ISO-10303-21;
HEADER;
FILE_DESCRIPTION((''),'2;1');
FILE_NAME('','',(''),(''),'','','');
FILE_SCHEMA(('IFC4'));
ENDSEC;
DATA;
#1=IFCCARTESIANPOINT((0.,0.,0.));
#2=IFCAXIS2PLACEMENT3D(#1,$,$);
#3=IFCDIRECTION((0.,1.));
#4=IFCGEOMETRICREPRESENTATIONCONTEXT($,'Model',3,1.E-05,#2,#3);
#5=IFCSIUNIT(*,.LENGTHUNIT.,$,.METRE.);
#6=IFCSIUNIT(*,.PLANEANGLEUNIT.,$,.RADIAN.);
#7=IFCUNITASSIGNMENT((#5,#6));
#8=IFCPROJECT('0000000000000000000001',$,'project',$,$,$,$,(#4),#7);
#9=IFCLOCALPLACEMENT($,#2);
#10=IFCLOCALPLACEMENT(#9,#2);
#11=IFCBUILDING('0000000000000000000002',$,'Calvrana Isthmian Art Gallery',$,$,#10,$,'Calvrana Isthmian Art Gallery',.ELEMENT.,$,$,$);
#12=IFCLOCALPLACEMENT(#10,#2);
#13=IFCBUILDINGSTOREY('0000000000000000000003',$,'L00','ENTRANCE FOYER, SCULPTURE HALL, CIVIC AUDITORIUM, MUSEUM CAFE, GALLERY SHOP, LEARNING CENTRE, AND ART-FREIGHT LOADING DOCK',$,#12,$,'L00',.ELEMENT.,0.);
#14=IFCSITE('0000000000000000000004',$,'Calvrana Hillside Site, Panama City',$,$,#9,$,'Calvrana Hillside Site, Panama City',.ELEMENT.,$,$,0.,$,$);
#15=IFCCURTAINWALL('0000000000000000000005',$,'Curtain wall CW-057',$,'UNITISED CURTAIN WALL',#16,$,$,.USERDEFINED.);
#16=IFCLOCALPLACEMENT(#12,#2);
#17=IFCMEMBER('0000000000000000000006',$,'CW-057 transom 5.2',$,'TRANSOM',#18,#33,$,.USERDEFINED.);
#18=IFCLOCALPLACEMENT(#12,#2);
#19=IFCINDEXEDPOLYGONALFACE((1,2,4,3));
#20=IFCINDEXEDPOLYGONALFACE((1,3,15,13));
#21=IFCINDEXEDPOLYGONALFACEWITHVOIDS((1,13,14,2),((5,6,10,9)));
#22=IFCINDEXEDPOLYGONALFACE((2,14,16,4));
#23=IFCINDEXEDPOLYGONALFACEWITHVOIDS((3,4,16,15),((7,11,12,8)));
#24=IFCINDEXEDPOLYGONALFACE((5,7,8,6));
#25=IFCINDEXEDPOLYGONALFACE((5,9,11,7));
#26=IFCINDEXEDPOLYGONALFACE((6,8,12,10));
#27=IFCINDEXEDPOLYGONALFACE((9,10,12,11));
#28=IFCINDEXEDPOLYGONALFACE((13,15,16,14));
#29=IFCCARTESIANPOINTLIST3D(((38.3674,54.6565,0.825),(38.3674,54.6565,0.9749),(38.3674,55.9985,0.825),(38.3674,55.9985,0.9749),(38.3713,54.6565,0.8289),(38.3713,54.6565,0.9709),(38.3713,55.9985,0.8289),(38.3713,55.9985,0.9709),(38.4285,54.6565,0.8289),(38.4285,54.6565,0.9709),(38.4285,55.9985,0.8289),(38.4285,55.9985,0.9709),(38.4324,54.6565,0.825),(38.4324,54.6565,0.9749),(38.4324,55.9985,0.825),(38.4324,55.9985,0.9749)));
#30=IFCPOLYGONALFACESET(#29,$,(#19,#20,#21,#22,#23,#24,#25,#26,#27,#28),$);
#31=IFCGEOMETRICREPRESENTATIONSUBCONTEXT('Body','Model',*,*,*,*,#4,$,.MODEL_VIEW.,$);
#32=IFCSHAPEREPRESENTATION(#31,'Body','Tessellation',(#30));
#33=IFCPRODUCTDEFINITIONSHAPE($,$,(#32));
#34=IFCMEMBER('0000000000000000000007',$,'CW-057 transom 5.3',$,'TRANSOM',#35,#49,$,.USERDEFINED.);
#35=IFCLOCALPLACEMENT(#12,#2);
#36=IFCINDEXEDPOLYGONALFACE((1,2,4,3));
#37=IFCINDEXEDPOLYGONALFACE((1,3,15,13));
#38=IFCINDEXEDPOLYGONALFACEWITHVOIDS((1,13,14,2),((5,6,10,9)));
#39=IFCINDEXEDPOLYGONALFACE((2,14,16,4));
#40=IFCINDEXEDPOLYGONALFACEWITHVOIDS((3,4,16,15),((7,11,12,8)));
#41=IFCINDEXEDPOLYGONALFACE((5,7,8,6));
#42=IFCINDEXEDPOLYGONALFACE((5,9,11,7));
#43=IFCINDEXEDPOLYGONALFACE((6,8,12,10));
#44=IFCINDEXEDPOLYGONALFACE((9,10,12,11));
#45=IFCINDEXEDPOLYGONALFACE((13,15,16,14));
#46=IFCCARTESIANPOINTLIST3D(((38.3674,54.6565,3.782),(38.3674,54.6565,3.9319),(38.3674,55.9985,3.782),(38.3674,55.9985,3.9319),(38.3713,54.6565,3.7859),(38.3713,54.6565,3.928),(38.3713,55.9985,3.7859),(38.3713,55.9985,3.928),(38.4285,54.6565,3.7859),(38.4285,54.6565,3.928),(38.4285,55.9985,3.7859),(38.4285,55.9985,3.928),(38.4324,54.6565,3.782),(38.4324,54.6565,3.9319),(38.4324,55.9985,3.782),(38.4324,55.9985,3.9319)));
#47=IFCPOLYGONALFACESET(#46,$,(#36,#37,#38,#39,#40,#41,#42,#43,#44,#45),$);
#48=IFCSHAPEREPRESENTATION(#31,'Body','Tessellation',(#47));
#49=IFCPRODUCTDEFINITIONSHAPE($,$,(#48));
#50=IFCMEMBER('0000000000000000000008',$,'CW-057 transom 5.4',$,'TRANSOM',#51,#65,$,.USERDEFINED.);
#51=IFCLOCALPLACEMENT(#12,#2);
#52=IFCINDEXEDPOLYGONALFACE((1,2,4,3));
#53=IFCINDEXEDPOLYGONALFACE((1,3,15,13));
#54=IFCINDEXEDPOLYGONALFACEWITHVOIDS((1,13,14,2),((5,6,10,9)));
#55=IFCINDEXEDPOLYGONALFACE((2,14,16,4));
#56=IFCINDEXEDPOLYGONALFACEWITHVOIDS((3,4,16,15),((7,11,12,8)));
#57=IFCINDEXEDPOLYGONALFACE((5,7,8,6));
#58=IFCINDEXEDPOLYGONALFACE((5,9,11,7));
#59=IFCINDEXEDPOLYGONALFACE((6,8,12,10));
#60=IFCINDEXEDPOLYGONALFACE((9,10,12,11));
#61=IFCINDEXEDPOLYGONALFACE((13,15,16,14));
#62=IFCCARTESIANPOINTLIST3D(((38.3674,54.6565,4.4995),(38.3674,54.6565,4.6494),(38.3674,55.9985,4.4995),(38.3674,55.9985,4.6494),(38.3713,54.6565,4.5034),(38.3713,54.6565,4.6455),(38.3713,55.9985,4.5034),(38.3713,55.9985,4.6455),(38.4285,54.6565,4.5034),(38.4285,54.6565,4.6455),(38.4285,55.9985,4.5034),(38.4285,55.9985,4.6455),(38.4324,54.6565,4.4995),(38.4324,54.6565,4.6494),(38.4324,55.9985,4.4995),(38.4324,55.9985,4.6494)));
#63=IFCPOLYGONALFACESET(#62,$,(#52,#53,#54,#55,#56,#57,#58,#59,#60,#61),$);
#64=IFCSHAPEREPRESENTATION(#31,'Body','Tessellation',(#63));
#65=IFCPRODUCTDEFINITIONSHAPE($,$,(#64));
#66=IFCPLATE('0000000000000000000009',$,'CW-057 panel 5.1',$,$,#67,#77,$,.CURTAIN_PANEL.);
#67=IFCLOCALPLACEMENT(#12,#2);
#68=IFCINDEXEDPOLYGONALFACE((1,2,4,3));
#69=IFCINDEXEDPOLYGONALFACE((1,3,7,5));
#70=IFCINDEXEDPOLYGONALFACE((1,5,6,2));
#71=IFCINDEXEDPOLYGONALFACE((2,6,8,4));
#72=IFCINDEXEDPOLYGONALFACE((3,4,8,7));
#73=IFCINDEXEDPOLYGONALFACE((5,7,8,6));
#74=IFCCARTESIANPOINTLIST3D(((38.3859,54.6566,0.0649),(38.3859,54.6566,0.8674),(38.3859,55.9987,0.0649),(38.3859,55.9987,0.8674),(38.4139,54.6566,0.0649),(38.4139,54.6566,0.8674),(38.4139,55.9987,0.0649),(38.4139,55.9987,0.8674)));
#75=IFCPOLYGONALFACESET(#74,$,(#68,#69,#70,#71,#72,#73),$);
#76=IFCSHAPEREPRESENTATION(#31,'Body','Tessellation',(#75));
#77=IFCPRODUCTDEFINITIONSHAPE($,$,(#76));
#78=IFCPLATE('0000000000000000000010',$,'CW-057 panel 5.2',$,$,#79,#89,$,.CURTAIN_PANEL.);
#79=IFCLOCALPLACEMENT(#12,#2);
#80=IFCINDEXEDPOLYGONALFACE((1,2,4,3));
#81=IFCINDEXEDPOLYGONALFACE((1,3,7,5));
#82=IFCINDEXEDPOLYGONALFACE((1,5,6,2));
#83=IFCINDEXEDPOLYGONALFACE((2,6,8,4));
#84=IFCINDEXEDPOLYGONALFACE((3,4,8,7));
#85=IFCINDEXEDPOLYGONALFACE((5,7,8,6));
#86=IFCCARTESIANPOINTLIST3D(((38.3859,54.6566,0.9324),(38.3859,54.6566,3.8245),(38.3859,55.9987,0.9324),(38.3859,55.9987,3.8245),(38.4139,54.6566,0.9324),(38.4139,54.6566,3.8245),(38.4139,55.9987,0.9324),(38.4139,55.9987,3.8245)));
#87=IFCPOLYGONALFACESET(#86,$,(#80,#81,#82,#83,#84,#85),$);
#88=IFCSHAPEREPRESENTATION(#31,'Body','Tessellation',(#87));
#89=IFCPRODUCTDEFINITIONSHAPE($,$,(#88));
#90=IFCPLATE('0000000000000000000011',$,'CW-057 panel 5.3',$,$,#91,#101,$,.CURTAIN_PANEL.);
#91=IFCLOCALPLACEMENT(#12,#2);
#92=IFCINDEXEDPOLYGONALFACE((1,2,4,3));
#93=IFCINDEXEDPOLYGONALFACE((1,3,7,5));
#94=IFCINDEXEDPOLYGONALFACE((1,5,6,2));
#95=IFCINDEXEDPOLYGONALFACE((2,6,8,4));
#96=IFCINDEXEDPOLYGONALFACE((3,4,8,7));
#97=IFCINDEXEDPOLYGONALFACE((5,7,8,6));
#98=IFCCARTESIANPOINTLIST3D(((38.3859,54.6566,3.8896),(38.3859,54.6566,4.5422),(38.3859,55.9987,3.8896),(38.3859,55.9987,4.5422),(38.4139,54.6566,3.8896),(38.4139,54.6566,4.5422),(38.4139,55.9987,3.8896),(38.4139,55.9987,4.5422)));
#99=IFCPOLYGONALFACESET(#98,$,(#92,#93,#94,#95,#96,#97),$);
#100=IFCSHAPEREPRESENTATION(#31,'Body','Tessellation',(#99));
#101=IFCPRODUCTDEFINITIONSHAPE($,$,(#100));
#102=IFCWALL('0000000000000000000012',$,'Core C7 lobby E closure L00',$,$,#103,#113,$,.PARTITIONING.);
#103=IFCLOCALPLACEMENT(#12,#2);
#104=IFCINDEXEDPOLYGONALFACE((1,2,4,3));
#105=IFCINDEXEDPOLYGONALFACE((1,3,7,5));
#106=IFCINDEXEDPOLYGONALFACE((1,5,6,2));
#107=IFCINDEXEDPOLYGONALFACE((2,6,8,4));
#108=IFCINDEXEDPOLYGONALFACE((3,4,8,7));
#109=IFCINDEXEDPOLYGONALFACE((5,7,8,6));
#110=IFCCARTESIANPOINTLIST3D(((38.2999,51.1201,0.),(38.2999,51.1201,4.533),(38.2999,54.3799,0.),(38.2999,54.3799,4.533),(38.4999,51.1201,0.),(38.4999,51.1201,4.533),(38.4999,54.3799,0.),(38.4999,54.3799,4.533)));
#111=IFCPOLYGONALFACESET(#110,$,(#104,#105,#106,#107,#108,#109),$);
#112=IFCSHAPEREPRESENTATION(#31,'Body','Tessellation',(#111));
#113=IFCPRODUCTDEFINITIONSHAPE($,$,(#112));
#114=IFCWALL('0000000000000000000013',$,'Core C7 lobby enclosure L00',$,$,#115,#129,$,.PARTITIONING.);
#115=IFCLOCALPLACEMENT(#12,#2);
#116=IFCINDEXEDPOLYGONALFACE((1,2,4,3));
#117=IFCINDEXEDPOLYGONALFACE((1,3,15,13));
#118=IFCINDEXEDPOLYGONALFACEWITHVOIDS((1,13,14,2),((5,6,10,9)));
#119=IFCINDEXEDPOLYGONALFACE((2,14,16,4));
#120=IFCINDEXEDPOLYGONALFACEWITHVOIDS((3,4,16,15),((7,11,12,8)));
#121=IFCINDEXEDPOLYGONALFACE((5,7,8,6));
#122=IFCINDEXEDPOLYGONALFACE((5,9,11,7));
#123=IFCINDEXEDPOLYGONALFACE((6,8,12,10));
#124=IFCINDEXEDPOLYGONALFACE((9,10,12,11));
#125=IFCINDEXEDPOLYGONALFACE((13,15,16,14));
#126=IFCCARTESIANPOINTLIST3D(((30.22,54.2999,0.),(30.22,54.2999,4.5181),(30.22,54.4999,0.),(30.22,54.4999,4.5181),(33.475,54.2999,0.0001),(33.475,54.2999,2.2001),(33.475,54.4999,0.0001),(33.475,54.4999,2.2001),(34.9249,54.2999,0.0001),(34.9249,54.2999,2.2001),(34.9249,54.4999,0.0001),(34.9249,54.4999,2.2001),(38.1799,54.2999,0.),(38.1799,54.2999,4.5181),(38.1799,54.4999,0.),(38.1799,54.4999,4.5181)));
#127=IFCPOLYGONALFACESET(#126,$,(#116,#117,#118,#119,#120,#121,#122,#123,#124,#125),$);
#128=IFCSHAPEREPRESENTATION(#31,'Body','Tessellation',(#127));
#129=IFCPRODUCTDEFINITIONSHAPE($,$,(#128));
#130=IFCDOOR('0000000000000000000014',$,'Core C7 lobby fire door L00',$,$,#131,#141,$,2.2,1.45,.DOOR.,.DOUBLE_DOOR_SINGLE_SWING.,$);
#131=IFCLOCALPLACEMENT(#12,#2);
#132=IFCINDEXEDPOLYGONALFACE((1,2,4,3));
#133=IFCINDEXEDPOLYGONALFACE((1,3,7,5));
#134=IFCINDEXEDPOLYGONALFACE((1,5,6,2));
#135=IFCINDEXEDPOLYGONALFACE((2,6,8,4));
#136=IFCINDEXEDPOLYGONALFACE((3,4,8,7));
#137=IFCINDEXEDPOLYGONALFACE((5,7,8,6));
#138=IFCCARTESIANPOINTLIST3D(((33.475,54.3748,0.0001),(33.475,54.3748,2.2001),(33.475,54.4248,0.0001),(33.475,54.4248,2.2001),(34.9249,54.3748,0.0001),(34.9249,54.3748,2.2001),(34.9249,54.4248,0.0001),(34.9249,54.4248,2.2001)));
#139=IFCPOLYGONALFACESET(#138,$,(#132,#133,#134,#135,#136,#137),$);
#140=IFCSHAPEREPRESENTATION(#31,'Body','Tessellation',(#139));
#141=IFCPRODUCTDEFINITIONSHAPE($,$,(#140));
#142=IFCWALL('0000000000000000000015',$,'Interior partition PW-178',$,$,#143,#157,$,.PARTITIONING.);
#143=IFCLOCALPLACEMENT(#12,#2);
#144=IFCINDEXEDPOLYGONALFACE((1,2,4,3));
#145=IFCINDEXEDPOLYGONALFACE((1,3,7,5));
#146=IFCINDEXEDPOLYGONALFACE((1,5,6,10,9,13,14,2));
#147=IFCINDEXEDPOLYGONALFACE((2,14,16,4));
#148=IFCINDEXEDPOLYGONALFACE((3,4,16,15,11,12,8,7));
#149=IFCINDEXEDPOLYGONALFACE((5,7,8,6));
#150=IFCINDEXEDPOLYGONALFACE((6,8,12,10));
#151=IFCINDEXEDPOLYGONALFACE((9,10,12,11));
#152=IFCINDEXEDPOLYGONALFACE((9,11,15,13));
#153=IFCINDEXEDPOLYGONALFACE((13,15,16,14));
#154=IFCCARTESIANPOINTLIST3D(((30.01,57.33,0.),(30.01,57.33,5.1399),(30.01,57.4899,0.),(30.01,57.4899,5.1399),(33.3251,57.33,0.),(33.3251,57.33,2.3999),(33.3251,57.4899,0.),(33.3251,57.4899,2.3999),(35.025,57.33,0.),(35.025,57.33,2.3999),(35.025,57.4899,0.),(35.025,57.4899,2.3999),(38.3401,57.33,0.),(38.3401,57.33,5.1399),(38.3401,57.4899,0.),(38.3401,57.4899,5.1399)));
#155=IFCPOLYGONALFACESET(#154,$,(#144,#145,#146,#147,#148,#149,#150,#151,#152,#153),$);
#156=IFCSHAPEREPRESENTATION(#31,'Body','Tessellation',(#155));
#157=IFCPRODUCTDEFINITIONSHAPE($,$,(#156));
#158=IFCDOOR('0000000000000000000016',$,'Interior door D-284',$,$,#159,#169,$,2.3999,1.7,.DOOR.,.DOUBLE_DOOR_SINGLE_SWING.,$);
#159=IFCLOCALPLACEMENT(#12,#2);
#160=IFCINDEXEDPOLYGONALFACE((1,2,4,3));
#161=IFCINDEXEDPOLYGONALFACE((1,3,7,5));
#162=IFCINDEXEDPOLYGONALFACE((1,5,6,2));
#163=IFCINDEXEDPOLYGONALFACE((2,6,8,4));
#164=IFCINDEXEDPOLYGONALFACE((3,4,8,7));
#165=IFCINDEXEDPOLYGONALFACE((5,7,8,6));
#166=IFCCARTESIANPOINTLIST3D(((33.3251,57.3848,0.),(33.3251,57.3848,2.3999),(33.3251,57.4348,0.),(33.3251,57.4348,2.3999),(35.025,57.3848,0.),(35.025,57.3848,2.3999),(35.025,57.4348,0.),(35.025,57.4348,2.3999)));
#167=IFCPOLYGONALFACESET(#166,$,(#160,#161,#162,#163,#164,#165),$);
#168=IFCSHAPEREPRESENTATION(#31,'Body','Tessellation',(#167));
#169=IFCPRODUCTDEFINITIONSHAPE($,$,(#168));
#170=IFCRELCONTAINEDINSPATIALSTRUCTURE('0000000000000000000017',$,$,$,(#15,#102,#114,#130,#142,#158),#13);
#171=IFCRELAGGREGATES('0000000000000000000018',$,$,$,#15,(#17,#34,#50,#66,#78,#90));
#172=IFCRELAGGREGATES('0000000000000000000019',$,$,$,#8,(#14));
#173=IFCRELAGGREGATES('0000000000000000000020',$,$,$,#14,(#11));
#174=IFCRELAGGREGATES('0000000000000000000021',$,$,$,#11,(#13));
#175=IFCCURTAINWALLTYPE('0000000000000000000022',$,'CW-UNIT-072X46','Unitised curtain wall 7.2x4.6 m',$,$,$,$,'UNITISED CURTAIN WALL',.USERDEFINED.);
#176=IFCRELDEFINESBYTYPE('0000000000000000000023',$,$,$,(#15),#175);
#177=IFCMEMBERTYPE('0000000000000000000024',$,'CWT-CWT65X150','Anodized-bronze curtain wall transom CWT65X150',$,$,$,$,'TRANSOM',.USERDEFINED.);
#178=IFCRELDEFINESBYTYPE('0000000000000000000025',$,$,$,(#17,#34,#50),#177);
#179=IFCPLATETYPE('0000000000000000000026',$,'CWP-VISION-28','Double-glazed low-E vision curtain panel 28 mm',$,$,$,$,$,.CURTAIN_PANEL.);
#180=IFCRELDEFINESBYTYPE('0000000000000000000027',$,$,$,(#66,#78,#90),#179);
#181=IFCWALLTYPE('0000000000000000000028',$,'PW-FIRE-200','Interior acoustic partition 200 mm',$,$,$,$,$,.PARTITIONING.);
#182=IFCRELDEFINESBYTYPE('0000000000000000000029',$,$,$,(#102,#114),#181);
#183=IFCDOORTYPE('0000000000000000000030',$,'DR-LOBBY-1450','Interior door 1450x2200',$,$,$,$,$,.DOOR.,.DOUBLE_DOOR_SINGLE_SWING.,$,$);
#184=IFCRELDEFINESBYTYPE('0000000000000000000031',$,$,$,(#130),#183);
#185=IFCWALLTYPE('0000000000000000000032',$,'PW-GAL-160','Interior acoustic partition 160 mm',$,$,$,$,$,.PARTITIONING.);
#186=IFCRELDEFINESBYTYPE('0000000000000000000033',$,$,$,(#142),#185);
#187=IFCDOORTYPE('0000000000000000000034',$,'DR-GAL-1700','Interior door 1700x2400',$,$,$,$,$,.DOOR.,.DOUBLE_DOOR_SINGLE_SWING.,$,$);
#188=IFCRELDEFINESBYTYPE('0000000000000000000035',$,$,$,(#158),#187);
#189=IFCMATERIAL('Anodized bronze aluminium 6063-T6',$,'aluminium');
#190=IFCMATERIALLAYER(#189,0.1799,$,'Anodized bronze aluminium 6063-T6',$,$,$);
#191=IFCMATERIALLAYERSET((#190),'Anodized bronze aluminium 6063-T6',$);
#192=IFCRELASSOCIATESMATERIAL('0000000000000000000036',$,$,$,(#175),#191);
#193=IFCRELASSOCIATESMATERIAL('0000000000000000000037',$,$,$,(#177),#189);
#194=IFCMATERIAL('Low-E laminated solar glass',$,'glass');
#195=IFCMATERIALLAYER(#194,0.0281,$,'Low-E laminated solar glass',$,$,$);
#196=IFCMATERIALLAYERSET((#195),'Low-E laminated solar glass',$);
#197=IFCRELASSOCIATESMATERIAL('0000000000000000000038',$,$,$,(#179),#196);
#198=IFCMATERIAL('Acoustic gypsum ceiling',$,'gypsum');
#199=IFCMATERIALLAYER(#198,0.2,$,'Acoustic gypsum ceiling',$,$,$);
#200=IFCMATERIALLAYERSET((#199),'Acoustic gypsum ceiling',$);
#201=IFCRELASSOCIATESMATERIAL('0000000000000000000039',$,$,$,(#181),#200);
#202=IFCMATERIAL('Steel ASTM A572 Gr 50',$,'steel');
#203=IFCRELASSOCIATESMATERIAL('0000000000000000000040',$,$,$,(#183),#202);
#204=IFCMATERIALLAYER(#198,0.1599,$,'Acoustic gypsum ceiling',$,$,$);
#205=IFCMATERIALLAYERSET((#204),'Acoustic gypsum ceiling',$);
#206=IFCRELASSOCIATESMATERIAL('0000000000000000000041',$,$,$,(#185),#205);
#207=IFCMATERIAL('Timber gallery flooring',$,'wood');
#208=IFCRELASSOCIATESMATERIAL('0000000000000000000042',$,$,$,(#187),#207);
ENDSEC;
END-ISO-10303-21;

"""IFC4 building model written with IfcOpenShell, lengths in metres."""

from ifc_helpers import new_model, si_unit, direction, frame, frame_2d, origin, origin_2d, place, context, subcontext, project, spatial, rectangle, hollow_rectangle, extrude, material, layer, layer_set, material_profile, profile_set, type_object, element, fill, aggregate, save


model = new_model("IFC4")

# Units and contexts
model_context = context("Model", 3, precision=1e-05, world=origin(), true_north=direction((0.0, 1.0)))
body_context = subcontext(model_context, "Body", "Model", "MODEL_VIEW")
ifc_project = project(units=[si_unit("LENGTHUNIT", "METRE"), si_unit("PLANEANGLEUNIT", "RADIAN")], contexts=[model_context])

# Site, building, storey
site_placement = place(None, origin())
site = spatial("IfcSite", under=ifc_project, at=site_placement, Name="Calvrana Hillside Site, Panama City", LongName="Calvrana Hillside Site, Panama City", CompositionType="ELEMENT", RefElevation=0.0)
building_placement = place(site_placement, origin())
building = spatial("IfcBuilding", under=site, at=building_placement, Name="Calvrana Isthmian Art Gallery", LongName="Calvrana Isthmian Art Gallery", CompositionType="ELEMENT")
storey_placement = place(building_placement, origin())
storey = spatial("IfcBuildingStorey", under=building, at=storey_placement, Name="L00", Description="ENTRANCE FOYER, SCULPTURE HALL, CIVIC AUDITORIUM, MUSEUM CAFE, GALLERY SHOP, LEARNING CENTRE, AND ART-FREIGHT LOADING DOCK", LongName="L00", CompositionType="ELEMENT", Elevation=0.0)

# Curtain wall, members, plates
ifc_material_1 = material(Name="Anodized bronze aluminium 6063-T6", Category="aluminium")
ifc_layer_1 = layer(ifc_material_1, 0.1799, Name="Anodized bronze aluminium 6063-T6")
ifc_layer_set_1 = layer_set([ifc_layer_1], Name="Anodized bronze aluminium 6063-T6")
curtain_wall_type = type_object("IfcCurtainWallType", Name="CW-UNIT-072X46", Description="Unitised curtain wall 7.2x4.6 m", ElementType="UNITISED CURTAIN WALL", PredefinedType="USERDEFINED", material=ifc_layer_set_1)
curtain_wall_placement = place(storey_placement, origin())
curtain_wall = element("IfcCurtainWall", 1, at=curtain_wall_placement, inside=storey, type_object=curtain_wall_type, Name="Curtain wall CW-057", ObjectType="UNITISED CURTAIN WALL", PredefinedType="USERDEFINED")
ifc_material_profile_1 = material_profile(ifc_material_1, hollow_rectangle(XDim=0.0649, YDim=0.1499, WallThickness=0.0039, at=origin_2d()), Name="CWT65X150")
ifc_profile_set_1 = profile_set([ifc_material_profile_1], Name="Anodized bronze aluminium 6063-T6")
member_type_1 = type_object("IfcMemberType", Name="CWT-CWT65X150", Description="Anodized-bronze curtain wall transom CWT65X150", ElementType="TRANSOM", PredefinedType="USERDEFINED", material=ifc_profile_set_1)
member_1_placement = place(storey_placement, frame((38.3999, 55.9985, 0.8999), z_axis=(0.0, -1.0, 0.0), x_axis=(1.0, 0.0, 0.0)))
member_1 = element("IfcMember", 2, at=member_1_placement, type_object=member_type_1, Name="CW-057 transom 5.2", ObjectType="TRANSOM", PredefinedType="USERDEFINED", context=body_context, shape_type="SweptSolid", body=[
    extrude(hollow_rectangle(XDim=0.0649, YDim=0.1499, WallThickness=0.0039, at=origin_2d()), origin(), (0.0, 0.0, 1.0), 1.342),
])
member_2_placement = place(storey_placement, frame((38.3999, 55.9985, 3.8569), z_axis=(0.0, -1.0, 0.0), x_axis=(1.0, 0.0, 0.0)))
member_2 = element("IfcMember", 3, at=member_2_placement, type_object=member_type_1, Name="CW-057 transom 5.3", ObjectType="TRANSOM", PredefinedType="USERDEFINED", context=body_context, shape_type="SweptSolid", body=[
    extrude(hollow_rectangle(XDim=0.0649, YDim=0.1499, WallThickness=0.0039, at=origin_2d()), origin(), (0.0, 0.0, 1.0), 1.342),
])
member_3_placement = place(storey_placement, frame((38.3999, 55.9985, 4.5745), z_axis=(0.0, -1.0, 0.0), x_axis=(1.0, 0.0, 0.0)))
member_3 = element("IfcMember", 4, at=member_3_placement, type_object=member_type_1, Name="CW-057 transom 5.4", ObjectType="TRANSOM", PredefinedType="USERDEFINED", context=body_context, shape_type="SweptSolid", body=[
    extrude(hollow_rectangle(XDim=0.0649, YDim=0.1499, WallThickness=0.0039, at=origin_2d()), origin(), (0.0, 0.0, 1.0), 1.342),
])
ifc_material_2 = material(Name="Low-E laminated solar glass", Category="glass")
ifc_layer_2 = layer(ifc_material_2, 0.0281, Name="Low-E laminated solar glass")
ifc_layer_set_2 = layer_set([ifc_layer_2], Name="Low-E laminated solar glass")
plate_type = type_object("IfcPlateType", Name="CWP-VISION-28", Description="Double-glazed low-E vision curtain panel 28 mm", PredefinedType="CURTAIN_PANEL", material=ifc_layer_set_2)
plate_1_placement = place(storey_placement, frame((38.3999, 55.3276, 0.0649), z_axis=(0.0, 0.0, 1.0), x_axis=(0.0, -1.0, 0.0)))
plate_1 = element("IfcPlate", 5, at=plate_1_placement, type_object=plate_type, Name="CW-057 panel 5.1", PredefinedType="CURTAIN_PANEL", context=body_context, shape_type="SweptSolid", body=[
    extrude(rectangle(XDim=1.342, YDim=0.0281, at=origin_2d()), origin(), (0.0, 0.0, 1.0), 0.8025),
])
plate_2_placement = place(storey_placement, frame((38.3999, 55.3276, 0.9324), z_axis=(0.0, 0.0, 1.0), x_axis=(0.0, -1.0, 0.0)))
plate_2 = element("IfcPlate", 6, at=plate_2_placement, type_object=plate_type, Name="CW-057 panel 5.2", PredefinedType="CURTAIN_PANEL", context=body_context, shape_type="SweptSolid", body=[
    extrude(rectangle(XDim=1.342, YDim=0.0281, at=origin_2d()), origin(), (0.0, 0.0, 1.0), 2.8921),
])
plate_3_placement = place(storey_placement, frame((38.3999, 55.3276, 3.8896), z_axis=(0.0, 0.0, 1.0), x_axis=(0.0, -1.0, 0.0)))
plate_3 = element("IfcPlate", 7, at=plate_3_placement, type_object=plate_type, Name="CW-057 panel 5.3", PredefinedType="CURTAIN_PANEL", context=body_context, shape_type="SweptSolid", body=[
    extrude(rectangle(XDim=1.342, YDim=0.0281, at=origin_2d()), origin(), (0.0, 0.0, 1.0), 0.6526),
])
aggregate(curtain_wall, [member_1, member_2, member_3, plate_1, plate_2, plate_3])

# Wall
ifc_material_3 = material(Name="Acoustic gypsum ceiling", Category="gypsum")
ifc_layer_3 = layer(ifc_material_3, 0.2, Name="Acoustic gypsum ceiling")
ifc_layer_set_3 = layer_set([ifc_layer_3], Name="Acoustic gypsum ceiling")
wall_type_1 = type_object("IfcWallType", Name="PW-FIRE-200", Description="Interior acoustic partition 200 mm", PredefinedType="PARTITIONING", material=ifc_layer_set_3)
wall_1_placement = place(storey_placement, frame((38.3999, 51.1201, 0.0), z_axis=(0.0, 0.0, 1.0), x_axis=(0.0, 1.0, 0.0)))
element("IfcWall", 8, at=wall_1_placement, inside=storey, type_object=wall_type_1, Name="Core C7 lobby E closure L00", PredefinedType="PARTITIONING", context=body_context, shape_type="SweptSolid", body=[
    extrude(rectangle(XDim=3.2598, YDim=0.2, at=frame_2d((1.6299, 0.0))), origin(), (0.0, 0.0, 1.0), 4.533),
])

# Walls, openings, doors
wall_2_placement = place(storey_placement, frame((30.22, 54.3999, 0.0), z_axis=(0.0, 0.0, 1.0), x_axis=(1.0, 0.0, 0.0)))
wall_2 = element("IfcWall", 9, at=wall_2_placement, inside=storey, type_object=wall_type_1, Name="Core C7 lobby enclosure L00", PredefinedType="PARTITIONING", context=body_context, shape_type="SweptSolid", body=[
    extrude(rectangle(XDim=7.96, YDim=0.2, at=frame_2d((3.98, 0.0))), origin(), (0.0, 0.0, 1.0), 4.5181),
])
opening_1_placement = place(wall_2_placement, frame((3.2549, 0.0, 0.0)))
opening_1 = element("IfcOpeningElement", 10, at=opening_1_placement, cuts=wall_2, PredefinedType="OPENING", context=body_context, shape_type="SweptSolid", body=[
    extrude(rectangle(XDim=1.45, YDim=2.2, at=frame_2d((0.7251, 1.1001))), frame((0.0, 0.1104, 0.0), z_axis=(0.0, -1.0, 0.0), x_axis=(1.0, 0.0, 0.0)), (0.0, 0.0, 1.0), 0.2205),
])
ifc_material_4 = material(Name="Steel ASTM A572 Gr 50", Category="steel")
door_type_1 = type_object("IfcDoorType", Name="DR-LOBBY-1450", Description="Interior door 1450x2200", OperationType="DOUBLE_DOOR_SINGLE_SWING", PredefinedType="DOOR", material=ifc_material_4)
door_1_placement = place(opening_1_placement, origin())
door_1 = element("IfcDoor", 11, at=door_1_placement, inside=storey, type_object=door_type_1, Name="Core C7 lobby fire door L00", OperationType="DOUBLE_DOOR_SINGLE_SWING", OverallHeight=2.2, OverallWidth=1.45, PredefinedType="DOOR", context=body_context, shape_type="SweptSolid", body=[
    extrude(rectangle(XDim=1.45, YDim=2.2, at=frame_2d((0.7251, 1.1001))), frame((0.0, 0.0249, 0.0), z_axis=(0.0, -1.0, 0.0), x_axis=(1.0, 0.0, 0.0)), (0.0, 0.0, 1.0), 0.05),
])
fill(opening_1, door_1)
ifc_layer_4 = layer(ifc_material_3, 0.1599, Name="Acoustic gypsum ceiling")
ifc_layer_set_4 = layer_set([ifc_layer_4], Name="Acoustic gypsum ceiling")
wall_type_2 = type_object("IfcWallType", Name="PW-GAL-160", Description="Interior acoustic partition 160 mm", PredefinedType="PARTITIONING", material=ifc_layer_set_4)
wall_3_placement = place(storey_placement, frame((30.01, 57.4099, 0.0), z_axis=(0.0, 0.0, 1.0), x_axis=(1.0, 0.0, 0.0)))
wall_3 = element("IfcWall", 12, at=wall_3_placement, inside=storey, type_object=wall_type_2, Name="Interior partition PW-178", PredefinedType="PARTITIONING", context=body_context, shape_type="SweptSolid", body=[
    extrude(rectangle(XDim=8.3301, YDim=0.1599, at=frame_2d((4.165, 0.0))), origin(), (0.0, 0.0, 1.0), 5.1399),
])
opening_2_placement = place(wall_3_placement, frame((3.3149, 0.0, 0.0)))
opening_2 = element("IfcOpeningElement", 13, at=opening_2_placement, cuts=wall_3, PredefinedType="OPENING", context=body_context, shape_type="SweptSolid", body=[
    extrude(rectangle(XDim=1.7, YDim=2.3999, at=frame_2d((0.8501, 1.2))), frame((0.0, 0.0903, 0.0), z_axis=(0.0, -1.0, 0.0), x_axis=(1.0, 0.0, 0.0)), (0.0, 0.0, 1.0), 0.1804),
])
ifc_material_5 = material(Name="Timber gallery flooring", Category="wood")
door_type_2 = type_object("IfcDoorType", Name="DR-GAL-1700", Description="Interior door 1700x2400", OperationType="DOUBLE_DOOR_SINGLE_SWING", PredefinedType="DOOR", material=ifc_material_5)
door_2_placement = place(opening_2_placement, origin())
door_2 = element("IfcDoor", 14, at=door_2_placement, inside=storey, type_object=door_type_2, Name="Interior door D-284", OperationType="DOUBLE_DOOR_SINGLE_SWING", OverallHeight=2.3999, OverallWidth=1.7, PredefinedType="DOOR", context=body_context, shape_type="SweptSolid", body=[
    extrude(rectangle(XDim=1.7, YDim=2.3999, at=frame_2d((0.8501, 1.2))), frame((0.0, 0.0249, 0.0), z_axis=(0.0, -1.0, 0.0), x_axis=(1.0, 0.0, 0.0)), (0.0, 0.0, 1.0), 0.05),
])
fill(opening_2, door_2)

save(model, "model.ifc")
